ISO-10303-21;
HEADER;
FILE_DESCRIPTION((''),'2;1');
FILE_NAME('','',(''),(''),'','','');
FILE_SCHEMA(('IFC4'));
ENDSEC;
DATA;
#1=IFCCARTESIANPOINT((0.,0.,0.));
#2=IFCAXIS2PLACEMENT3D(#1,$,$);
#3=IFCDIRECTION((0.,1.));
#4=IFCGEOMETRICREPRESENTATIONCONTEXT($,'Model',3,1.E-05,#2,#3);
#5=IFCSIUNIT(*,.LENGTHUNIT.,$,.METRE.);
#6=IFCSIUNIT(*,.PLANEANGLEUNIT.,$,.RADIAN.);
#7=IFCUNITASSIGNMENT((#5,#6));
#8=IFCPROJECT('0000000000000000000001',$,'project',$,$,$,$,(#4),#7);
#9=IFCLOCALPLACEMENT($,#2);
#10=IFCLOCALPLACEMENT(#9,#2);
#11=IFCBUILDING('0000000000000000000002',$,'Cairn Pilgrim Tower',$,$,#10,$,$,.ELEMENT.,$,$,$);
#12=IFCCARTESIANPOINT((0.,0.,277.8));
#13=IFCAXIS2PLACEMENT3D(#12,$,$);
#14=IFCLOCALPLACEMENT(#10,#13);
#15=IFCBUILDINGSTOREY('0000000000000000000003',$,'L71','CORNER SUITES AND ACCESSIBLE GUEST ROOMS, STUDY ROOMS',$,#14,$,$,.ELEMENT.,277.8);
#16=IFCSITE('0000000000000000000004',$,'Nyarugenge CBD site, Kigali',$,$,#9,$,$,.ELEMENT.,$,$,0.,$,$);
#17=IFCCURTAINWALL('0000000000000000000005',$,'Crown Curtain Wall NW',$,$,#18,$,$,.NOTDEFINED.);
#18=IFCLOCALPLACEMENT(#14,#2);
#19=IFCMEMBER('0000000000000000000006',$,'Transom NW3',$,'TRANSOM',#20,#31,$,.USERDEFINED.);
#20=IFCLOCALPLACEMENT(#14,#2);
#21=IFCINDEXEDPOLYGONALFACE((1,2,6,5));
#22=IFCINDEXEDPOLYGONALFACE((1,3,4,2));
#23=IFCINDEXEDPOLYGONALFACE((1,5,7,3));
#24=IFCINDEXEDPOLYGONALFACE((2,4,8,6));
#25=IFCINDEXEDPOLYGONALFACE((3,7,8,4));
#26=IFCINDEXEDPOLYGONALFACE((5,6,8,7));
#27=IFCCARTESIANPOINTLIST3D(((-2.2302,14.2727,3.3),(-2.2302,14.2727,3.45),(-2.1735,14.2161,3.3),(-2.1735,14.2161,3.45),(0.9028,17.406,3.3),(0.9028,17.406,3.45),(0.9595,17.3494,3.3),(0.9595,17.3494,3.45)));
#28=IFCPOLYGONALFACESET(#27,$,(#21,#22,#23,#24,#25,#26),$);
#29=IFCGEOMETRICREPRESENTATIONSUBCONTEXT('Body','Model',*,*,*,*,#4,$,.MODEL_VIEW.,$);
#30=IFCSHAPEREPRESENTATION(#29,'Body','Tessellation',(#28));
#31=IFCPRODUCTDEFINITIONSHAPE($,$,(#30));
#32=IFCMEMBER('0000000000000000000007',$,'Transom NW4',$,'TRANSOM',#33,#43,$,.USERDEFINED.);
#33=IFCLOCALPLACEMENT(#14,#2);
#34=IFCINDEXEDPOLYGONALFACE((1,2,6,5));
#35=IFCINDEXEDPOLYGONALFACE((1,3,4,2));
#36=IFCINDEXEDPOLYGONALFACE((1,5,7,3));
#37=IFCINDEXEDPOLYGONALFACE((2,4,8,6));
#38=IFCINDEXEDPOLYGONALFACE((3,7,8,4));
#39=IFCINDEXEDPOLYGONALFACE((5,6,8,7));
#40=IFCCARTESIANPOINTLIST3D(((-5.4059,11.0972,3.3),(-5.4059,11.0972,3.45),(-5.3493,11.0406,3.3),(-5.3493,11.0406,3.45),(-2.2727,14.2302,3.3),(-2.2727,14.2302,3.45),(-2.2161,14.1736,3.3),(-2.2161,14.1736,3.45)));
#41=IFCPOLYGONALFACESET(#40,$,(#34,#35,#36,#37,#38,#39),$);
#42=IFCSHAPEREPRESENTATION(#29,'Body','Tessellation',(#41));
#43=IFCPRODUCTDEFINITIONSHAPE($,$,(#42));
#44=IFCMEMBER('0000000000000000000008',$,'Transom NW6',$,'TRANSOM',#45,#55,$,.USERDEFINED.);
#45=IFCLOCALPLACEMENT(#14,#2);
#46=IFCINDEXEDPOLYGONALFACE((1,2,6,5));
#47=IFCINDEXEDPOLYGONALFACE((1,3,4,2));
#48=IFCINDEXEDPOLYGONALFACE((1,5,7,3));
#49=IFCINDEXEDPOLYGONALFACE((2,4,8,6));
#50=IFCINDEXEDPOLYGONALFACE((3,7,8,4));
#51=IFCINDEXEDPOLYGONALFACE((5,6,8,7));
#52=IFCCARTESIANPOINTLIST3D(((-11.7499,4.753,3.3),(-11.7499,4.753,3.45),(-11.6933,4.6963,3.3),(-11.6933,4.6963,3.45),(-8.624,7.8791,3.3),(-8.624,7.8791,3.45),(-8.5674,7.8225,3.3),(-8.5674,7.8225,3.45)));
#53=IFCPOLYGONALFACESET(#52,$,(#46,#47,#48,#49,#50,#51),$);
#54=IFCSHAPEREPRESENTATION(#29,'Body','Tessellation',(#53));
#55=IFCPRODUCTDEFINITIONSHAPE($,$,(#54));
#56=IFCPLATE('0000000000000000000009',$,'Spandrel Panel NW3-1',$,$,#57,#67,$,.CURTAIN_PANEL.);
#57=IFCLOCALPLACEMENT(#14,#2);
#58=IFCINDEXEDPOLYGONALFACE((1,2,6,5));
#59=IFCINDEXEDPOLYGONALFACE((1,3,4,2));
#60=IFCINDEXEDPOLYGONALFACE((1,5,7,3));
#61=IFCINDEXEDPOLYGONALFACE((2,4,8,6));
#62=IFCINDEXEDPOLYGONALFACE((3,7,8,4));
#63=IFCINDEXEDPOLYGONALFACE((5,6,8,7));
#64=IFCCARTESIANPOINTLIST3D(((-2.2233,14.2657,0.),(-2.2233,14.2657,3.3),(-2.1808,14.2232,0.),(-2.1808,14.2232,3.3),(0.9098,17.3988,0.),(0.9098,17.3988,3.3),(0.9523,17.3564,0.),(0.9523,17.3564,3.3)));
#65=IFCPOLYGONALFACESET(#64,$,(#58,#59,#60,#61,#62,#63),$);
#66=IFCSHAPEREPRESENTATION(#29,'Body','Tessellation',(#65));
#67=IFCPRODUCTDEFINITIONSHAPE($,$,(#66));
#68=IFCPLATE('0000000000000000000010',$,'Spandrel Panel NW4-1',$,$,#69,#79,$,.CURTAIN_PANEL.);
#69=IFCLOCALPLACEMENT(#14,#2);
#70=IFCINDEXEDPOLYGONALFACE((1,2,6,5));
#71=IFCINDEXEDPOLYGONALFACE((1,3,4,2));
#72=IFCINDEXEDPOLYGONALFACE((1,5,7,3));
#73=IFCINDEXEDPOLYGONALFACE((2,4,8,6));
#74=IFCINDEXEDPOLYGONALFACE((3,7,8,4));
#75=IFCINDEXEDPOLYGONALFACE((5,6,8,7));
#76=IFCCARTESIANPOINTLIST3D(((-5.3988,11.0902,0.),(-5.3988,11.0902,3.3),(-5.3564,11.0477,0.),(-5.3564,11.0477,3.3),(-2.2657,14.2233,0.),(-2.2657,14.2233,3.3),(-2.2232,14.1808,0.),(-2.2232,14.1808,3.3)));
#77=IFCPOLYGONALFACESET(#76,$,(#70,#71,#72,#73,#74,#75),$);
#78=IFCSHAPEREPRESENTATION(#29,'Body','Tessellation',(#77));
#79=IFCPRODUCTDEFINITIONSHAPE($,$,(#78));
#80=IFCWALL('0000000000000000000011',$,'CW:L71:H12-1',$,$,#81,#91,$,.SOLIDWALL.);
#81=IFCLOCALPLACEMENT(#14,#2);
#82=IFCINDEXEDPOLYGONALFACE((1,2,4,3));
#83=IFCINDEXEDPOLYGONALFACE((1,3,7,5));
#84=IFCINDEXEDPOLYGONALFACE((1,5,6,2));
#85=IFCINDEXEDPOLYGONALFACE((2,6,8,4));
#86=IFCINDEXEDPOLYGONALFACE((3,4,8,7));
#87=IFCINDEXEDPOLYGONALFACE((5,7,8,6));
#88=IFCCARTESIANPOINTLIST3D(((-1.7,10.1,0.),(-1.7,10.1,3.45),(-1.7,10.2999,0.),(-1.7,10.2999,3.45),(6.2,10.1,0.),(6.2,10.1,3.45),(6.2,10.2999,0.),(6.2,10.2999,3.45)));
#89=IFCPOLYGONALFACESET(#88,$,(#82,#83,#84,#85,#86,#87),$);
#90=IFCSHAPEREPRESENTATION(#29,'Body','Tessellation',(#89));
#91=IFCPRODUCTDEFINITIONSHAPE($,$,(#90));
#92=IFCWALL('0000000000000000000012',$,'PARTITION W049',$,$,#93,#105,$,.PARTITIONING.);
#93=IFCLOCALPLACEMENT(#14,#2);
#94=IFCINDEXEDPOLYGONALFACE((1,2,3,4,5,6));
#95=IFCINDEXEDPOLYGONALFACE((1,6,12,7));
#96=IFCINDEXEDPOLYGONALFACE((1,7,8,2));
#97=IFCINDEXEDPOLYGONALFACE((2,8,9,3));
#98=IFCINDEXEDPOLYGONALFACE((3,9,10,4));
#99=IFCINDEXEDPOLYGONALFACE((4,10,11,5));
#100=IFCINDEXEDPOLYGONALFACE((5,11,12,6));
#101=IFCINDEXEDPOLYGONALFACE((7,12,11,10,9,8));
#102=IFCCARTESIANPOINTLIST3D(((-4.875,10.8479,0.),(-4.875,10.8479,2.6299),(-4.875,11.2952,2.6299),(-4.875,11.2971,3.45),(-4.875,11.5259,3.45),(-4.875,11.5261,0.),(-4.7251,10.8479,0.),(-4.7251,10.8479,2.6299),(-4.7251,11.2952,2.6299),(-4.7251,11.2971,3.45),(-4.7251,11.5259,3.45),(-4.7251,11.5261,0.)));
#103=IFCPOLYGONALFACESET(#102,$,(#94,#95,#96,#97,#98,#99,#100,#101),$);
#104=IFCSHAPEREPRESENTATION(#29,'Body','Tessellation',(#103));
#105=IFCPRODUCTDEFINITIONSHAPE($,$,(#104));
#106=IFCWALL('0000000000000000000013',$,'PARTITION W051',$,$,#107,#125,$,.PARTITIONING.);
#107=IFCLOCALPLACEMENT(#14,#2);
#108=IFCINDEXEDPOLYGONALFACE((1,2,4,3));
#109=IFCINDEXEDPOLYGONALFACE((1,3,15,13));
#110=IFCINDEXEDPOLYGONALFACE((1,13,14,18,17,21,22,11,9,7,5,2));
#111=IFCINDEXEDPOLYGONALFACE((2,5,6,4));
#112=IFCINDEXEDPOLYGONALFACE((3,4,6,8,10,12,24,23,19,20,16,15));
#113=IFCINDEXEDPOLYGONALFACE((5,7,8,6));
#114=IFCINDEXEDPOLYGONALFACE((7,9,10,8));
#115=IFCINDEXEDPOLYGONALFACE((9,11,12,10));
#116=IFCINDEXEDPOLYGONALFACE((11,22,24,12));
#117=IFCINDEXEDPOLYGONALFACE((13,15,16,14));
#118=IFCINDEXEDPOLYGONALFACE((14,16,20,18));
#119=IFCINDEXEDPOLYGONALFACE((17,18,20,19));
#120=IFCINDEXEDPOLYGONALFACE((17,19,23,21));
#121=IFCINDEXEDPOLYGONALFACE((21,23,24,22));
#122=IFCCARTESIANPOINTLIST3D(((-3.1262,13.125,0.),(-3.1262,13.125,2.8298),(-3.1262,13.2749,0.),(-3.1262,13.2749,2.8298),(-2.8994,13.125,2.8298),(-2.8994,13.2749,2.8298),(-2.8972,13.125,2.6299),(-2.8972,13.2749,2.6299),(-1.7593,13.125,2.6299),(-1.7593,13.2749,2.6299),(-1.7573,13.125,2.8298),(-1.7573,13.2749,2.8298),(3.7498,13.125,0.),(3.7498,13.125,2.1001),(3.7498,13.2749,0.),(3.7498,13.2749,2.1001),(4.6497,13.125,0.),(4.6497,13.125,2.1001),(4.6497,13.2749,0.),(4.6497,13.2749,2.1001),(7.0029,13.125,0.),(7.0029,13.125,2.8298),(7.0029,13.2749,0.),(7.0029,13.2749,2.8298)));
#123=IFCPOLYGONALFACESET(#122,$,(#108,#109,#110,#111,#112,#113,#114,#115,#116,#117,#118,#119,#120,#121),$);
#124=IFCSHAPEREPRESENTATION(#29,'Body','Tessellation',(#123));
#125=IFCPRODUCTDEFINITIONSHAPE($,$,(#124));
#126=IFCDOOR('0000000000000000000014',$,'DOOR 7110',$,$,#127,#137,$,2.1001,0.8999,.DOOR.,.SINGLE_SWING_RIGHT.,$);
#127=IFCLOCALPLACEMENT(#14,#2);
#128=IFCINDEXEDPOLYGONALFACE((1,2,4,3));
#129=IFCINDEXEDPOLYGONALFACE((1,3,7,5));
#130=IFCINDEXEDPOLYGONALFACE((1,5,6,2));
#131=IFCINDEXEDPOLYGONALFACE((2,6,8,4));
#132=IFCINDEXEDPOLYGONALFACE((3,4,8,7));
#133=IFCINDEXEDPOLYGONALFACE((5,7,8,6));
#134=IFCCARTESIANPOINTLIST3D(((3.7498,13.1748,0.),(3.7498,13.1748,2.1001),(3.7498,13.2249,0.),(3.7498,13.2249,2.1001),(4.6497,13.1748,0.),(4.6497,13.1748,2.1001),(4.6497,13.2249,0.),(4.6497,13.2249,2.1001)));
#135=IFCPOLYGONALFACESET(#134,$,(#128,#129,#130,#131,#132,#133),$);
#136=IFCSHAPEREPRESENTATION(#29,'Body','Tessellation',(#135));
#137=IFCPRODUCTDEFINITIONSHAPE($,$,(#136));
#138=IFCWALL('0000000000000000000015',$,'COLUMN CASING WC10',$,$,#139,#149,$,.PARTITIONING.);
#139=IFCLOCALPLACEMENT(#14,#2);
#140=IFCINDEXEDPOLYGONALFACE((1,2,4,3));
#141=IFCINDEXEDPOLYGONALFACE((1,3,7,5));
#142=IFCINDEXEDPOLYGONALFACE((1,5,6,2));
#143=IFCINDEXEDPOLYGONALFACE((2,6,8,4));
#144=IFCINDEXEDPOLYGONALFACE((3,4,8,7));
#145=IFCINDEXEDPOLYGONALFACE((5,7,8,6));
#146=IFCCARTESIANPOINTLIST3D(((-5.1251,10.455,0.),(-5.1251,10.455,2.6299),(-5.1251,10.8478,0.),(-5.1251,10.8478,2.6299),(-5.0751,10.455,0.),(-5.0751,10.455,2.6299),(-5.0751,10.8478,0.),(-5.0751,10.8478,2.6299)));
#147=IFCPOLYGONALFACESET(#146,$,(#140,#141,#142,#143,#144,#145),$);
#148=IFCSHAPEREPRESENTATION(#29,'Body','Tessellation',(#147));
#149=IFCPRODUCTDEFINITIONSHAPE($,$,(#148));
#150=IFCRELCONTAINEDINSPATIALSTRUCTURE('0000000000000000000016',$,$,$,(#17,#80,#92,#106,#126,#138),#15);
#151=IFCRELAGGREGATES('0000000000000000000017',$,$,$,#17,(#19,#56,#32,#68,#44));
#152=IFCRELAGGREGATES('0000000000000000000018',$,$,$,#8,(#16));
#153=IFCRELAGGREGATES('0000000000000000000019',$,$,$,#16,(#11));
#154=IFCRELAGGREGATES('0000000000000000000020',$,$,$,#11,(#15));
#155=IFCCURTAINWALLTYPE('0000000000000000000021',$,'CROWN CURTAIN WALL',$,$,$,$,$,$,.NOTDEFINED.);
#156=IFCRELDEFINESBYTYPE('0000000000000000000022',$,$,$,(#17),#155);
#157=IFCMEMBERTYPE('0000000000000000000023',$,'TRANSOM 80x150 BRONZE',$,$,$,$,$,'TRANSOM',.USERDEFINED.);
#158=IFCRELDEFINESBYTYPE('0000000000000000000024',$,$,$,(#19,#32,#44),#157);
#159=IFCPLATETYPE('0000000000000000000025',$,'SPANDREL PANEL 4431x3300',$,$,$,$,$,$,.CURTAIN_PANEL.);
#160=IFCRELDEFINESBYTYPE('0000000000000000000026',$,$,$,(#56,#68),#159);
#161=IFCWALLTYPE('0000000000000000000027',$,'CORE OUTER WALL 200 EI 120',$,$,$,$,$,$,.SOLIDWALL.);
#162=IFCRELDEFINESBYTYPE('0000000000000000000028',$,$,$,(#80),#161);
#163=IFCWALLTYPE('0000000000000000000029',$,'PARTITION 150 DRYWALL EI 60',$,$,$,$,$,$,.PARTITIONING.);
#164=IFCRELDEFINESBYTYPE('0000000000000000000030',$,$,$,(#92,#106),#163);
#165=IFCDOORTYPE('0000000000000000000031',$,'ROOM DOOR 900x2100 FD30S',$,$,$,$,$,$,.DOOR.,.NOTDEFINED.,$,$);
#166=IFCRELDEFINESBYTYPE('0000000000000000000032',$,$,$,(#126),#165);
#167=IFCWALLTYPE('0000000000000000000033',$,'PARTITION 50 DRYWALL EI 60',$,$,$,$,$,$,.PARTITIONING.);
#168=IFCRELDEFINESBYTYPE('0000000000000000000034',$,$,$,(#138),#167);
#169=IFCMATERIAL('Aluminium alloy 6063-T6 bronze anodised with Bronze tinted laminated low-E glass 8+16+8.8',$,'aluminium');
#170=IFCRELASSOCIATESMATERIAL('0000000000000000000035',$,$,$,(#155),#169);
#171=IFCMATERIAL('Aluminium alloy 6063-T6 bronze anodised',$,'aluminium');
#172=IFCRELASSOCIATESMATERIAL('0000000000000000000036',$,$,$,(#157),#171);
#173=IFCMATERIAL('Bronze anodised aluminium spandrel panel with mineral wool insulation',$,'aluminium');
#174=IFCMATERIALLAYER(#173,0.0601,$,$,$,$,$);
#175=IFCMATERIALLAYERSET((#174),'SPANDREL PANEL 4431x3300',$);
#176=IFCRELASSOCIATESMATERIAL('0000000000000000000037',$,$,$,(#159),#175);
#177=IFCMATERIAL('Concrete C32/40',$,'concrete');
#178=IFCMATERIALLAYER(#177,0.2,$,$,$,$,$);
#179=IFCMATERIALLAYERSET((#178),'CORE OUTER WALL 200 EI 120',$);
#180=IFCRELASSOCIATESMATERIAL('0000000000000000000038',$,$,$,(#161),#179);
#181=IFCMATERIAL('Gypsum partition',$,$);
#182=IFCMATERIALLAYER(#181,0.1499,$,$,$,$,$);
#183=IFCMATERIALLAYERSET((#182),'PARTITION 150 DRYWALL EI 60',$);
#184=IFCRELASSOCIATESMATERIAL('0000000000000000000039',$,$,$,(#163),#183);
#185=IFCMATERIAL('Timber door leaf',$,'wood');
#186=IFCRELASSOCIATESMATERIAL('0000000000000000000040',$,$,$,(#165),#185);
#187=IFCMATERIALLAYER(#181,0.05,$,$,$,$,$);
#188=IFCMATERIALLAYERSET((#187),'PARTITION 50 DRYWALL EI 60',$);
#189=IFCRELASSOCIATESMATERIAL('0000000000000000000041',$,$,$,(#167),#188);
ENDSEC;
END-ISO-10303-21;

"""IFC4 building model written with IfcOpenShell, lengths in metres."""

from ifc_helpers import new_model, si_unit, direction, frame, frame_2d, origin, origin_2d, place, context, subcontext, project, spatial, polyline, rectangle, outline, extrude, material, layer, layer_set, material_profile, profile_set, type_object, element, fill, aggregate, save


model = new_model("IFC4")

# Units and contexts
model_context = context("Model", 3, precision=1e-05, world=origin(), true_north=direction((0.0, 1.0)))
body_context = subcontext(model_context, "Body", "Model", "MODEL_VIEW")
ifc_project = project(units=[si_unit("LENGTHUNIT", "METRE"), si_unit("PLANEANGLEUNIT", "RADIAN")], contexts=[model_context])

# Site, building, storey
site_placement = place(None, origin())
site = spatial("IfcSite", under=ifc_project, at=site_placement, Name="Nyarugenge CBD site, Kigali", CompositionType="ELEMENT", RefElevation=0.0)
building_placement = place(site_placement, origin())
building = spatial("IfcBuilding", under=site, at=building_placement, Name="Cairn Pilgrim Tower", CompositionType="ELEMENT")
storey_placement = place(building_placement, frame((0.0, 0.0, 277.8)))
storey = spatial("IfcBuildingStorey", under=building, at=storey_placement, Name="L71", Description="CORNER SUITES AND ACCESSIBLE GUEST ROOMS, STUDY ROOMS", CompositionType="ELEMENT", Elevation=277.8)

# Curtain wall
ifc_material_1 = material(Name="Aluminium alloy 6063-T6 bronze anodised with Bronze tinted laminated low-E glass 8+16+8.8", Category="aluminium")
curtain_wall_type = type_object("IfcCurtainWallType", Name="CROWN CURTAIN WALL", PredefinedType="NOTDEFINED", material=ifc_material_1)
curtain_wall_placement = place(storey_placement, origin())
curtain_wall = element("IfcCurtainWall", 1, at=curtain_wall_placement, inside=storey, type_object=curtain_wall_type, Name="Crown Curtain Wall NW", PredefinedType="NOTDEFINED")
ifc_material_2 = material(Name="Aluminium alloy 6063-T6 bronze anodised", Category="aluminium")

# Members
ifc_material_profile_1 = material_profile(ifc_material_2, rectangle(XDim=0.0801, YDim=0.1499, at=origin_2d()), Name="TRANSOM 80x150 BRONZE")
ifc_profile_set_1 = profile_set([ifc_material_profile_1], Name="Aluminium alloy 6063-T6 bronze anodised")
member_type_1 = type_object("IfcMemberType", Name="TRANSOM 80x150 BRONZE", ElementType="TRANSOM", PredefinedType="USERDEFINED", material=ifc_profile_set_1)
member_1_placement = place(storey_placement, frame((0.9312, 17.3777, 3.375), z_axis=(-0.707079, -0.707134, 0.0), x_axis=(0.707134, -0.707079, 0.0)))
member_1 = element("IfcMember", 2, at=member_1_placement, type_object=member_type_1, Name="Transom NW3", ObjectType="TRANSOM", PredefinedType="USERDEFINED", context=body_context, shape_type="SweptSolid", body=[
    extrude(rectangle(XDim=0.0801, YDim=0.1499, at=origin_2d()), origin(), (0.0, 0.0, 1.0), 4.4309),
])
member_2_placement = place(storey_placement, frame((-2.2444, 14.2019, 3.375), z_axis=(-0.707134, -0.707079, 0.0), x_axis=(0.707079, -0.707134, 0.0)))
member_2 = element("IfcMember", 3, at=member_2_placement, type_object=member_type_1, Name="Transom NW4", ObjectType="TRANSOM", PredefinedType="USERDEFINED", context=body_context, shape_type="SweptSolid", body=[
    extrude(rectangle(XDim=0.0801, YDim=0.1499, at=origin_2d()), origin(), (0.0, 0.0, 1.0), 4.4309),
])
member_3_placement = place(storey_placement, frame((-8.5957, 7.8508, 3.375), z_axis=(-0.707079, -0.707134, 0.0), x_axis=(0.707134, -0.707079, 0.0)))
member_3 = element("IfcMember", 4, at=member_3_placement, type_object=member_type_1, Name="Transom NW6", ObjectType="TRANSOM", PredefinedType="USERDEFINED", context=body_context, shape_type="SweptSolid", body=[
    extrude(rectangle(XDim=0.0801, YDim=0.1499, at=origin_2d()), origin(), (0.0, 0.0, 1.0), 4.4209),
])

# Plates
ifc_material_3 = material(Name="Bronze anodised aluminium spandrel panel with mineral wool insulation", Category="aluminium")
ifc_layer_1 = layer(ifc_material_3, 0.0601)
ifc_layer_set_1 = layer_set([ifc_layer_1], Name="SPANDREL PANEL 4431x3300")
plate_type = type_object("IfcPlateType", Name="SPANDREL PANEL 4431x3300", PredefinedType="CURTAIN_PANEL", material=ifc_layer_set_1)
plate_1_placement = place(storey_placement, frame((-0.6355, 15.811, 0.0), z_axis=(0.0, 0.0, 1.0), x_axis=(-0.707107, -0.707107, 0.0)))
plate_1 = element("IfcPlate", 5, at=plate_1_placement, type_object=plate_type, Name="Spandrel Panel NW3-1", PredefinedType="CURTAIN_PANEL", context=body_context, shape_type="SweptSolid", body=[
    extrude(rectangle(XDim=4.4309, YDim=0.0601, at=origin_2d()), origin(), (0.0, 0.0, 1.0), 3.3),
])
plate_2_placement = place(storey_placement, frame((-3.811, 12.6355, 0.0), z_axis=(0.0, 0.0, 1.0), x_axis=(-0.707107, -0.707107, 0.0)))
plate_2 = element("IfcPlate", 6, at=plate_2_placement, type_object=plate_type, Name="Spandrel Panel NW4-1", PredefinedType="CURTAIN_PANEL", context=body_context, shape_type="SweptSolid", body=[
    extrude(rectangle(XDim=4.4309, YDim=0.0601, at=origin_2d()), origin(), (0.0, 0.0, 1.0), 3.3),
])
aggregate(curtain_wall, [member_1, plate_1, member_2, plate_2, member_3])

# Walls
ifc_material_4 = material(Name="Concrete C32/40", Category="concrete")
ifc_layer_2 = layer(ifc_material_4, 0.2)
ifc_layer_set_2 = layer_set([ifc_layer_2], Name="CORE OUTER WALL 200 EI 120")
wall_type_1 = type_object("IfcWallType", Name="CORE OUTER WALL 200 EI 120", PredefinedType="SOLIDWALL", material=ifc_layer_set_2)
wall_1_placement = place(storey_placement, frame((-1.7, 10.2, 0.0), z_axis=(0.0, 0.0, 1.0), x_axis=(1.0, 0.0, 0.0)))
element("IfcWall", 7, at=wall_1_placement, inside=storey, type_object=wall_type_1, Name="CW:L71:H12-1", PredefinedType="SOLIDWALL", context=body_context, shape_type="SweptSolid", body=[
    extrude(rectangle(XDim=7.8999, YDim=0.2, at=frame_2d((3.95, 0.0))), origin(), (0.0, 0.0, 1.0), 3.45),
])
ifc_material_5 = material(Name="Gypsum partition")
ifc_layer_3 = layer(ifc_material_5, 0.1499)
ifc_layer_set_3 = layer_set([ifc_layer_3], Name="PARTITION 150 DRYWALL EI 60")
wall_type_2 = type_object("IfcWallType", Name="PARTITION 150 DRYWALL EI 60", PredefinedType="PARTITIONING", material=ifc_layer_set_3)
wall_2_placement = place(storey_placement, frame((-4.8, 10.8479, 0.0), z_axis=(0.0, 0.0, 1.0), x_axis=(0.0, 1.0, 0.0)))
element("IfcWall", 8, at=wall_2_placement, inside=storey, type_object=wall_type_2, Name="PARTITION W049", PredefinedType="PARTITIONING", context=body_context, shape_type="SweptSolid", body=[
    extrude(outline(polyline([(0.0, 0.0), (0.6782, 0.0), (0.678, 3.45), (0.4492, 3.45), (0.4473, 2.6299), (0.0, 2.6299), (0.0, 0.0)])), frame((0.0, 0.075, 0.0), z_axis=(0.0, -1.0, 0.0), x_axis=(1.0, 0.0, 0.0)), (0.0, 0.0, 1.0), 0.1499),
])

# Wall, opening, door
wall_3_placement = place(storey_placement, frame((-3.1262, 13.2, 0.0), z_axis=(0.0, 0.0, 1.0), x_axis=(1.0, 0.0, 0.0)))
wall_3 = element("IfcWall", 9, at=wall_3_placement, inside=storey, type_object=wall_type_2, Name="PARTITION W051", PredefinedType="PARTITIONING", context=body_context, shape_type="SweptSolid", body=[
    extrude(outline(polyline([(0.0, 0.0), (10.1292, 0.0), (10.1292, 2.8298), (1.3689, 2.8298), (1.3669, 2.6299), (0.229, 2.6299), (0.2268, 2.8298), (0.0, 2.8298), (0.0, 0.0)])), frame((0.0, 0.075, 0.0), z_axis=(0.0, -1.0, 0.0), x_axis=(1.0, 0.0, 0.0)), (0.0, 0.0, 1.0), 0.1499),
])
opening_1_placement = place(wall_3_placement, frame((6.876, 0.0, 0.0)))
opening_1 = element("IfcOpeningElement", 10, at=opening_1_placement, cuts=wall_3, PredefinedType="OPENING", context=body_context, shape_type="SweptSolid", body=[
    extrude(rectangle(XDim=0.8999, YDim=2.1001, at=frame_2d((0.45, 1.05))), frame((0.0, 0.085, 0.0), z_axis=(0.0, -1.0, 0.0), x_axis=(1.0, 0.0, 0.0)), (0.0, 0.0, 1.0), 0.1699),
])
ifc_material_6 = material(Name="Timber door leaf", Category="wood")
door_type_1 = type_object("IfcDoorType", Name="ROOM DOOR 900x2100 FD30S", OperationType="NOTDEFINED", PredefinedType="DOOR", material=ifc_material_6)
door_1_placement = place(opening_1_placement, origin())
door_1 = element("IfcDoor", 11, at=door_1_placement, inside=storey, type_object=door_type_1, Name="DOOR 7110", OperationType="SINGLE_SWING_RIGHT", OverallHeight=2.1001, OverallWidth=0.8999, PredefinedType="DOOR", context=body_context, shape_type="SweptSolid", body=[
    extrude(rectangle(XDim=0.8999, YDim=2.1001, at=frame_2d((0.45, 1.05))), frame((0.0, 0.0249, 0.0), z_axis=(0.0, -1.0, 0.0), x_axis=(1.0, 0.0, 0.0)), (0.0, 0.0, 1.0), 0.05),
])
fill(opening_1, door_1)

# Wall
ifc_layer_4 = layer(ifc_material_5, 0.05)
ifc_layer_set_4 = layer_set([ifc_layer_4], Name="PARTITION 50 DRYWALL EI 60")
wall_type_3 = type_object("IfcWallType", Name="PARTITION 50 DRYWALL EI 60", PredefinedType="PARTITIONING", material=ifc_layer_set_4)
wall_4_placement = place(storey_placement, frame((-5.1001, 10.4551, 0.0), z_axis=(0.0, 0.0, 1.0), x_axis=(0.0, 1.0, 0.0)))
element("IfcWall", 12, at=wall_4_placement, inside=storey, type_object=wall_type_3, Name="COLUMN CASING WC10", PredefinedType="PARTITIONING", context=body_context, shape_type="SweptSolid", body=[
    extrude(rectangle(XDim=0.3928, YDim=0.05, at=frame_2d((0.1963, 0.0))), origin(), (0.0, 0.0, 1.0), 2.6299),
])

save(model, "model.ifc")
